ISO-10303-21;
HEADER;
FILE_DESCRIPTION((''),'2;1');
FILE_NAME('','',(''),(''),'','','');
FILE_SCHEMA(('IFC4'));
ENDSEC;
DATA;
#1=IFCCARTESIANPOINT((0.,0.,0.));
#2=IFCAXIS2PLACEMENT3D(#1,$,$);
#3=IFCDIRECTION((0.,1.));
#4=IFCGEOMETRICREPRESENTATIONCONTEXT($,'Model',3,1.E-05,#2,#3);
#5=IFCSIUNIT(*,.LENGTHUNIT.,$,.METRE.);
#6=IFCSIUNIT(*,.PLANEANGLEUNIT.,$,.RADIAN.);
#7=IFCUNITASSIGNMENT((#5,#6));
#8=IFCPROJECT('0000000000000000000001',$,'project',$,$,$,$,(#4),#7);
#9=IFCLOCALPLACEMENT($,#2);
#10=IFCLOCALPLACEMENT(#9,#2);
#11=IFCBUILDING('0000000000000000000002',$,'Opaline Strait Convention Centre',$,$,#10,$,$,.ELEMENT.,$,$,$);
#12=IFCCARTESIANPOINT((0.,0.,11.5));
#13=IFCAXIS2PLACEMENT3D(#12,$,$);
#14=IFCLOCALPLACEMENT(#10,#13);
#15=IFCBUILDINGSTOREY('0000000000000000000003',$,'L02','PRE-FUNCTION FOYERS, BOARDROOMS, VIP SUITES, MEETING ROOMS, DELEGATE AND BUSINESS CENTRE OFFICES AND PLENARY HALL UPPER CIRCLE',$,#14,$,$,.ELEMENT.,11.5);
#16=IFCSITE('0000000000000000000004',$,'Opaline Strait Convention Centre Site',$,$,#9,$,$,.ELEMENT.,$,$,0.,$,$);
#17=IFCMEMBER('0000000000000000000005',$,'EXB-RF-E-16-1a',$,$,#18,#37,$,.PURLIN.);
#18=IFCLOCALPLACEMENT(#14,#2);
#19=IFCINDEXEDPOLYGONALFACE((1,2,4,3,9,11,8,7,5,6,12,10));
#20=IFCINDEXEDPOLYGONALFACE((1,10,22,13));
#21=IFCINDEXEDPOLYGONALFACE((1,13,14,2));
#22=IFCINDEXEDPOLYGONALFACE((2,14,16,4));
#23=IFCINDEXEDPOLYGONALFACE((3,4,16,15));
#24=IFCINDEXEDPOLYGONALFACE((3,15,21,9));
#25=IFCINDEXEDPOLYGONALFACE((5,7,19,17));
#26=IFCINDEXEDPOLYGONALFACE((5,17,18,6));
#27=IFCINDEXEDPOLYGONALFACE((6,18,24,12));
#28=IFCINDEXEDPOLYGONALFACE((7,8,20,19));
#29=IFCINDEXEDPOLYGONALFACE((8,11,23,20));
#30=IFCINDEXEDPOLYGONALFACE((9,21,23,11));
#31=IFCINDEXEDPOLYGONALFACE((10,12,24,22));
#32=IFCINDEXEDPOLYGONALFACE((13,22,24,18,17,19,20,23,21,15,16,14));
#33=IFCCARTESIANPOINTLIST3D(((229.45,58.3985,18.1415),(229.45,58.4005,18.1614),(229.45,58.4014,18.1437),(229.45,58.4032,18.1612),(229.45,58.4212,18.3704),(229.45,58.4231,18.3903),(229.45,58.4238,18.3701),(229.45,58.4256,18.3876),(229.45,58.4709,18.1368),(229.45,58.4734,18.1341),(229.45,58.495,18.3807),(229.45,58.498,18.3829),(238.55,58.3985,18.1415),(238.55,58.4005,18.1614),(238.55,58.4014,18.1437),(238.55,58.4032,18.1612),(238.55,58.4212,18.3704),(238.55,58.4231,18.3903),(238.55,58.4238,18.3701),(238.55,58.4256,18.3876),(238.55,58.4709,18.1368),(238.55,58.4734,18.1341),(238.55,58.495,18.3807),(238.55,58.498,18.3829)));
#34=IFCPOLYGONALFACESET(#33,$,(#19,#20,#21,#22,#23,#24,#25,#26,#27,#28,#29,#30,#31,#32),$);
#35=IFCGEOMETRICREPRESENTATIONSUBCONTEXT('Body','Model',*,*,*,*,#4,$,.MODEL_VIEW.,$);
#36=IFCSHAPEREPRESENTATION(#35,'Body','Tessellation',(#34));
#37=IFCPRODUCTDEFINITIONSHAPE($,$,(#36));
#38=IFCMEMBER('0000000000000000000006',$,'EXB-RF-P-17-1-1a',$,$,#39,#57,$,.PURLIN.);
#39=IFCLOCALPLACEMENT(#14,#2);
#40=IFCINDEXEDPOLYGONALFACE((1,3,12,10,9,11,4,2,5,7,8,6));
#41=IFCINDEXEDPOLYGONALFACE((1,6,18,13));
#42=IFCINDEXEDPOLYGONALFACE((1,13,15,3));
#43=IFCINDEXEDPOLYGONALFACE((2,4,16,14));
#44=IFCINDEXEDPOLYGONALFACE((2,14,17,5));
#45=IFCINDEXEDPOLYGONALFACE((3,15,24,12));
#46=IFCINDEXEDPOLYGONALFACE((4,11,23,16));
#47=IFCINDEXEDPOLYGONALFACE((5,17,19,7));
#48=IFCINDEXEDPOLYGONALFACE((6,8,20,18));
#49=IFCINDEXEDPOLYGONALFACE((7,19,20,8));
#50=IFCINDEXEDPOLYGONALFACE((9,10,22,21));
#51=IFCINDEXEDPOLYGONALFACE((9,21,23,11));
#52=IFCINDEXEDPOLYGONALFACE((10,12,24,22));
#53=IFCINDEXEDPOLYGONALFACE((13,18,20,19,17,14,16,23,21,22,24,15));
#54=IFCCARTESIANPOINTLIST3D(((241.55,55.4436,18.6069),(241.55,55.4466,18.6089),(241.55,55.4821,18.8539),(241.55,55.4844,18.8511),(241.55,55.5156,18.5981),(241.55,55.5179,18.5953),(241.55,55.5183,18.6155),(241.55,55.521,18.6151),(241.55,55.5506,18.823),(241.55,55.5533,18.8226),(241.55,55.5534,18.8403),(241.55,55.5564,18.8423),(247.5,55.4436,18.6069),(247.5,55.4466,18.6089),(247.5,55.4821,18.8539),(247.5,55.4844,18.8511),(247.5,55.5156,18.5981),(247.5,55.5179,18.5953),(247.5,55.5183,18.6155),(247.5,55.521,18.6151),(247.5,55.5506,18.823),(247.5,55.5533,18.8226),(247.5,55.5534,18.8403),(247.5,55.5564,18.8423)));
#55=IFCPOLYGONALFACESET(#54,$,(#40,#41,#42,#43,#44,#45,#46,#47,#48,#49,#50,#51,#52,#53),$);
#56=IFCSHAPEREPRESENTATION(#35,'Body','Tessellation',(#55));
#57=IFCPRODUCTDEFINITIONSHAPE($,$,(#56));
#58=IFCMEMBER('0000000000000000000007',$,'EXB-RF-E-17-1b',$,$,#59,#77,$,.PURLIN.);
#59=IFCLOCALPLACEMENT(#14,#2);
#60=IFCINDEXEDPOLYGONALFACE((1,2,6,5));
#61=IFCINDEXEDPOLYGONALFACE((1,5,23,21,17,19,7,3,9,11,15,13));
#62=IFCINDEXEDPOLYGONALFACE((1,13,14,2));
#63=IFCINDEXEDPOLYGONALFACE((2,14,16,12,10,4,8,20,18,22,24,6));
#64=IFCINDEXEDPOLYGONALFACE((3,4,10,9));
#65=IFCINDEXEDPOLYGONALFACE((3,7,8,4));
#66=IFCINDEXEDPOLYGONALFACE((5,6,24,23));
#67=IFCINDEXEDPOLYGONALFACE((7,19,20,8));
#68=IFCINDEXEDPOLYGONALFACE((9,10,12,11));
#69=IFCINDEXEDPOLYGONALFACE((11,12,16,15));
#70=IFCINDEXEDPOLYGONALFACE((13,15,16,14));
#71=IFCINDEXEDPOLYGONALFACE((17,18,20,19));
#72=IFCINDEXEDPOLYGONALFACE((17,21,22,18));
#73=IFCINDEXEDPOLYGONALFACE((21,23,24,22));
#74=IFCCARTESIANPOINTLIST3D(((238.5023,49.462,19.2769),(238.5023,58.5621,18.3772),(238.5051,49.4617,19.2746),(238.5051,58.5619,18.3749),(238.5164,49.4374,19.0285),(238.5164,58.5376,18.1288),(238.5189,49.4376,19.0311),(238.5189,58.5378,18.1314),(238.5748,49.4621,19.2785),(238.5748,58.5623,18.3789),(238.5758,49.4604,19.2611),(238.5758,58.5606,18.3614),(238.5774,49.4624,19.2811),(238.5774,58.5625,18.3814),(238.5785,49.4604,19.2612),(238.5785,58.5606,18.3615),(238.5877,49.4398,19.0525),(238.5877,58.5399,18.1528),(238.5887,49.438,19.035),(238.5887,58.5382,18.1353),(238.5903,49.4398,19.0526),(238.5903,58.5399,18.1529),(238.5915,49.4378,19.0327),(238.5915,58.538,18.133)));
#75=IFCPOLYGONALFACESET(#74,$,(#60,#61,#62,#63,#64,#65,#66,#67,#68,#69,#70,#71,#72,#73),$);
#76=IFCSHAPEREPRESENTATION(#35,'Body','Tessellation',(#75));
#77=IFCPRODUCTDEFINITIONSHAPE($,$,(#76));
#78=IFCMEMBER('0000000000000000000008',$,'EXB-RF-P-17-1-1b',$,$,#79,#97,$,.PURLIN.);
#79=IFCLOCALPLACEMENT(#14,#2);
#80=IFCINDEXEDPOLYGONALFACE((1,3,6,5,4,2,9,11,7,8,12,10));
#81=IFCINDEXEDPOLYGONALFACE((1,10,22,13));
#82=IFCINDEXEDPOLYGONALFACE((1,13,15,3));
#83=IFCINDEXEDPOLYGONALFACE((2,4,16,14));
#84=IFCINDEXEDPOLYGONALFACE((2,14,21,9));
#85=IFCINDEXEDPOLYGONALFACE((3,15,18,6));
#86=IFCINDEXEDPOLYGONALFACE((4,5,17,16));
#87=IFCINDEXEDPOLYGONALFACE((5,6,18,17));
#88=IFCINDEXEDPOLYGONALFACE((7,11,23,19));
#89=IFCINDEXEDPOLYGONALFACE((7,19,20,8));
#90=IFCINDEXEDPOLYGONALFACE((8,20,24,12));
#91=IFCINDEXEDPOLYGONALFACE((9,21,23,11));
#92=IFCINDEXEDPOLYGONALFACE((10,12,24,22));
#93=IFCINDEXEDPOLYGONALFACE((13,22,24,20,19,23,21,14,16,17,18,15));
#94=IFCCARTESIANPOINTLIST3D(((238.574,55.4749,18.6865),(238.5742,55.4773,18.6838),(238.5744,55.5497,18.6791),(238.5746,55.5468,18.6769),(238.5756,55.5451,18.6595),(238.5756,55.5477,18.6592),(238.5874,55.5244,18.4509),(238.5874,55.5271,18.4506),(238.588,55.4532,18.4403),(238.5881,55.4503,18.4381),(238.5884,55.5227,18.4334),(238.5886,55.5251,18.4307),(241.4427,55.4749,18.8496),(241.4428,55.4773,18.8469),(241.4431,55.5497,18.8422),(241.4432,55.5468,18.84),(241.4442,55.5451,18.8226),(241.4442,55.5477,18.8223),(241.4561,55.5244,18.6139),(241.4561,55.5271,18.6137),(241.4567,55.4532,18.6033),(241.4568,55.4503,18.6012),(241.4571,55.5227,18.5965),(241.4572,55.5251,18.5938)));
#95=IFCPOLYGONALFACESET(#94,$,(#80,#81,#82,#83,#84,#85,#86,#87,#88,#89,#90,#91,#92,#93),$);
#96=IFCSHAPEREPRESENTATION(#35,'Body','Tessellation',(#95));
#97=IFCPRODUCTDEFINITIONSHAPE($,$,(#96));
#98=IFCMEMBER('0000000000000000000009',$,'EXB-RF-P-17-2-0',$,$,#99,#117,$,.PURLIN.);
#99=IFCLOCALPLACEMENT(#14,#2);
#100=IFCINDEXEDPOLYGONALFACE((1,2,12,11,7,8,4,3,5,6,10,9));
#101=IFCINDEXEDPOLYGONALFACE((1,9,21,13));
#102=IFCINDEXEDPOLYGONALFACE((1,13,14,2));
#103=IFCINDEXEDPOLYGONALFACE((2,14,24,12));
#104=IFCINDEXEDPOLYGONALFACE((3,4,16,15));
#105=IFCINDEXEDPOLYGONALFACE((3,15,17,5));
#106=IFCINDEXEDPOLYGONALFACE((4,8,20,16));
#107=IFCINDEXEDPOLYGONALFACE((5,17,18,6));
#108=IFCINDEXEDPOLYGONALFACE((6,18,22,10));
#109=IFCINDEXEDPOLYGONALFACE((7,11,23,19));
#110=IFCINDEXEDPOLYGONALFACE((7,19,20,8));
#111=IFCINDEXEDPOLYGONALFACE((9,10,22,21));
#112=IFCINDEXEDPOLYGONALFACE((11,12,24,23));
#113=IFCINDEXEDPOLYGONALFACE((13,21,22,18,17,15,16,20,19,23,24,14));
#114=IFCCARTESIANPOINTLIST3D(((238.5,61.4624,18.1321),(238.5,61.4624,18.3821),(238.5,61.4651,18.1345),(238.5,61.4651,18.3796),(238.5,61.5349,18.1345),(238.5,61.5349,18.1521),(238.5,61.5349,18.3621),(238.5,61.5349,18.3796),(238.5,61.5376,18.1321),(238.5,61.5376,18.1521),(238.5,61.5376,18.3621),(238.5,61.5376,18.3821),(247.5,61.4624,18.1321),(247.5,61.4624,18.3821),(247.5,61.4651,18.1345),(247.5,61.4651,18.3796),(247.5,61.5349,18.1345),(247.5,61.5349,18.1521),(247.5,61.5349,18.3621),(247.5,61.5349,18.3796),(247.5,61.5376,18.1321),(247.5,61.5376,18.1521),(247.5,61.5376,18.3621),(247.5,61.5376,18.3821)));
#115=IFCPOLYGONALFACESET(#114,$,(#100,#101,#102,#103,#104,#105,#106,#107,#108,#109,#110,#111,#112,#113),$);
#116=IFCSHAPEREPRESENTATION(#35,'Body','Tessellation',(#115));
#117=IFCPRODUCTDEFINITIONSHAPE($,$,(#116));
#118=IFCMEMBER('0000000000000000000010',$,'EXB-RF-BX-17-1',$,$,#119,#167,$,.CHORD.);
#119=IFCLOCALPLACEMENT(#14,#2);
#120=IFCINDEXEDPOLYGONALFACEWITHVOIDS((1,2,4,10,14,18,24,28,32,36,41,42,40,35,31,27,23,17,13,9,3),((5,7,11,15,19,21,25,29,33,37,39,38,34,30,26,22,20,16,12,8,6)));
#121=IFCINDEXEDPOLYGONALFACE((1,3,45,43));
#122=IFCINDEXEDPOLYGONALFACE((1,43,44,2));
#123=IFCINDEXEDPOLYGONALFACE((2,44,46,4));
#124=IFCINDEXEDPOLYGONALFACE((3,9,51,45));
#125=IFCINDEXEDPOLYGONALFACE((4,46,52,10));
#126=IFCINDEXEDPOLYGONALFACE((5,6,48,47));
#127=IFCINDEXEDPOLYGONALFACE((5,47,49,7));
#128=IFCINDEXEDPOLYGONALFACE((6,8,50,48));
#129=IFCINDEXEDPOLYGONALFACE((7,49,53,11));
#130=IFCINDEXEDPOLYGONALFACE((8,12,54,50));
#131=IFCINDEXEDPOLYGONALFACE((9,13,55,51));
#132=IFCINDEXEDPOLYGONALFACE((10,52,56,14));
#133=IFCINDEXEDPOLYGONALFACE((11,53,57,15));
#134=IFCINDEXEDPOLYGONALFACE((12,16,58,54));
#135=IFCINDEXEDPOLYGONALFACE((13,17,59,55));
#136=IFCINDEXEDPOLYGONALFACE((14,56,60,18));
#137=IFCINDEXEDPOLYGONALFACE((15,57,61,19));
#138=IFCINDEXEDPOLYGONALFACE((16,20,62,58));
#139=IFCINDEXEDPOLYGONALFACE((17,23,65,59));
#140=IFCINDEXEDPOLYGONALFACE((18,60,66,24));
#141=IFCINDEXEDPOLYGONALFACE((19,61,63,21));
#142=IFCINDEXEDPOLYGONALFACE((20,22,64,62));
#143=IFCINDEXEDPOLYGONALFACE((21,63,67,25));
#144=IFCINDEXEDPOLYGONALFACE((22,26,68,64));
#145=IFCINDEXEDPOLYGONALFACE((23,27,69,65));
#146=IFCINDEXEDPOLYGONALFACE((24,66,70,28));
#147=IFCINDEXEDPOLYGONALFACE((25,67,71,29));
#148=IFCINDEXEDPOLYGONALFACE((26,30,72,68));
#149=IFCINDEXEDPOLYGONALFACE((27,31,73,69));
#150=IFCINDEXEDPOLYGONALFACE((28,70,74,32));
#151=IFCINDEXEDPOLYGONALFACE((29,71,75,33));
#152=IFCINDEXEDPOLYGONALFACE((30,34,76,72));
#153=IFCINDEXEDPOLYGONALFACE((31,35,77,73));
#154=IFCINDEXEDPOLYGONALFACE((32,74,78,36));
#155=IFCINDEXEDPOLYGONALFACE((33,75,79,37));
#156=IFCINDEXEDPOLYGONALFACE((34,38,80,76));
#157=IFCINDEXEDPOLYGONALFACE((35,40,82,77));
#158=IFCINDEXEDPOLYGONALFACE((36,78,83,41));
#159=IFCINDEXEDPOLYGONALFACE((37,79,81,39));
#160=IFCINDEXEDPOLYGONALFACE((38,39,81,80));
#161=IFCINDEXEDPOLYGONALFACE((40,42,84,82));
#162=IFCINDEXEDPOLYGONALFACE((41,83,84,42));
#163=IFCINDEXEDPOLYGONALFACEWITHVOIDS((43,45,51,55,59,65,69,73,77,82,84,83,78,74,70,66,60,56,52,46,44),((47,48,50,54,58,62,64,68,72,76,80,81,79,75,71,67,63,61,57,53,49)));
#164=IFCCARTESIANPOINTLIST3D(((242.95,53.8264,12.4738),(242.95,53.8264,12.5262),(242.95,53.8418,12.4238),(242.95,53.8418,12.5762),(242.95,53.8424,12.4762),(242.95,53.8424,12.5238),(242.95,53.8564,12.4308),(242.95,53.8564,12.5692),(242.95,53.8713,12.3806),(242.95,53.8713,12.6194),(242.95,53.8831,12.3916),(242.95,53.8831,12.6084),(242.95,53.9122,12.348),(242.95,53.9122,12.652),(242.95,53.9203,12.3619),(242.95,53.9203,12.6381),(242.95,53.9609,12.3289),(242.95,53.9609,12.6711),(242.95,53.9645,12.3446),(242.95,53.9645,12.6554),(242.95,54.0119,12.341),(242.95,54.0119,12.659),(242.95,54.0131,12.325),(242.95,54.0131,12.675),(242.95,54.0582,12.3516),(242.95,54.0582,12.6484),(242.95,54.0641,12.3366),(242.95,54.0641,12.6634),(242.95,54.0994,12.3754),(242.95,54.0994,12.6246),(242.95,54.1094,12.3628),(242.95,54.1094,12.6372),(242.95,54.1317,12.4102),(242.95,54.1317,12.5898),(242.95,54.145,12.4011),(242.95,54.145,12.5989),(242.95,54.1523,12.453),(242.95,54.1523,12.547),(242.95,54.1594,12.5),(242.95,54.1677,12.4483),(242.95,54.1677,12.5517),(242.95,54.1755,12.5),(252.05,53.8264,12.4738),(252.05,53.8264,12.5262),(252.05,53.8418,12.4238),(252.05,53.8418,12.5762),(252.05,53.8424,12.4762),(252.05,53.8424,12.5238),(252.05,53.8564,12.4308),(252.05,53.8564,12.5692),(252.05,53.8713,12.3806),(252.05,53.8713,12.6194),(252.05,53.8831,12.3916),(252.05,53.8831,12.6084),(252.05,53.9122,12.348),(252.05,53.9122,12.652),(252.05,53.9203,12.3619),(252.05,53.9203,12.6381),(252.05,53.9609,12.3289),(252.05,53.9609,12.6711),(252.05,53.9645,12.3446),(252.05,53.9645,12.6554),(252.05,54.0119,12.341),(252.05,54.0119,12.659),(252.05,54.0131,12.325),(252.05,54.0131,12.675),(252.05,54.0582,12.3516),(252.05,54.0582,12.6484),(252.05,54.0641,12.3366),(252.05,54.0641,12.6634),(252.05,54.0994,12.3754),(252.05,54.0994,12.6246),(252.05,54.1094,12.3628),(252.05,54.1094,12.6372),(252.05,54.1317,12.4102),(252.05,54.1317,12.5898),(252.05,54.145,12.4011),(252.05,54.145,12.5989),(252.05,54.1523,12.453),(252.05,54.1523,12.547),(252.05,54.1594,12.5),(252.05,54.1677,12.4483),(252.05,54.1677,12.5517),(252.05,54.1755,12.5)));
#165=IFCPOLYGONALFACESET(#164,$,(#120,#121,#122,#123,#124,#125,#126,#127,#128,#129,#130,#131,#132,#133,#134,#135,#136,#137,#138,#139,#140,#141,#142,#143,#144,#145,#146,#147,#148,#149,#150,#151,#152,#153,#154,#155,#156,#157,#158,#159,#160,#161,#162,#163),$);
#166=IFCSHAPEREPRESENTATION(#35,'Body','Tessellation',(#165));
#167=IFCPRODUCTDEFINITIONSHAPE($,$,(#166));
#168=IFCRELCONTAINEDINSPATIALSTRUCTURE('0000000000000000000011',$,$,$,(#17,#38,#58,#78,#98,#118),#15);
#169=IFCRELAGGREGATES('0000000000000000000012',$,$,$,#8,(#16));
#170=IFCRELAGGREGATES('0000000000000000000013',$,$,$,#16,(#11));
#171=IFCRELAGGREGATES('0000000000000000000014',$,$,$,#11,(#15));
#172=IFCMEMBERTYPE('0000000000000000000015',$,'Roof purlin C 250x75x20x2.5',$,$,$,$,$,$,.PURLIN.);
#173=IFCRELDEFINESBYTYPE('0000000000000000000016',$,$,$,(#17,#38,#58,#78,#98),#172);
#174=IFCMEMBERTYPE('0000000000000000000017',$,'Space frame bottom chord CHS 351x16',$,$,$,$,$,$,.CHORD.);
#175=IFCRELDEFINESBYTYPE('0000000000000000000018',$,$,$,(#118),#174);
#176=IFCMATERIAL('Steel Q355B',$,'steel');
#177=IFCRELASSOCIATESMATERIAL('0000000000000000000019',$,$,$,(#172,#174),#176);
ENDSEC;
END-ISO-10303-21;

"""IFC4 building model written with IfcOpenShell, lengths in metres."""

from ifc_helpers import new_model, si_unit, direction, frame, origin, origin_2d, place, context, subcontext, project, spatial, polyline, hollow_circle, outline, extrude, material, material_profile, profile_set, type_object, element, save


model = new_model("IFC4")

# Units and contexts
model_context = context("Model", 3, precision=1e-05, world=origin(), true_north=direction((0.0, 1.0)))
body_context = subcontext(model_context, "Body", "Model", "MODEL_VIEW")
ifc_project = project(units=[si_unit("LENGTHUNIT", "METRE"), si_unit("PLANEANGLEUNIT", "RADIAN")], contexts=[model_context])

# Site, building, storey
site_placement = place(None, origin())
site = spatial("IfcSite", under=ifc_project, at=site_placement, Name="Opaline Strait Convention Centre Site", CompositionType="ELEMENT", RefElevation=0.0)
building_placement = place(site_placement, origin())
building = spatial("IfcBuilding", under=site, at=building_placement, Name="Opaline Strait Convention Centre", CompositionType="ELEMENT")
storey_placement = place(building_placement, frame((0.0, 0.0, 11.5)))
storey = spatial("IfcBuildingStorey", under=building, at=storey_placement, Name="L02", Description="PRE-FUNCTION FOYERS, BOARDROOMS, VIP SUITES, MEETING ROOMS, DELEGATE AND BUSINESS CENTRE OFFICES AND PLENARY HALL UPPER CIRCLE", CompositionType="ELEMENT", Elevation=11.5)

# Members
ifc_material_1 = material(Name="Steel Q355B", Category="steel")
ifc_material_profile_1 = material_profile(ifc_material_1, outline(polyline([(-0.0376, -0.125), (0.0376, -0.125), (0.0376, -0.105), (0.0349, -0.105), (0.0349, -0.1226), (-0.0349, -0.1226), (-0.0349, 0.1226), (0.0349, 0.1226), (0.0349, 0.105), (0.0376, 0.105), (0.0376, 0.125), (-0.0376, 0.125), (-0.0376, -0.125)])), Name="C 250x75x20x2.5")
ifc_profile_set_1 = profile_set([ifc_material_profile_1], Name="Steel Q355B")
member_type_1 = type_object("IfcMemberType", Name="Roof purlin C 250x75x20x2.5", PredefinedType="PURLIN", material=ifc_profile_set_1)
member_1_placement = place(storey_placement, frame((238.55, 58.4482, 18.2622), z_axis=(-1.0, 0.0, 0.0), x_axis=(0.0, -0.995149, 0.098378)))
element("IfcMember", 1, at=member_1_placement, inside=storey, type_object=member_type_1, Name="EXB-RF-E-16-1a", PredefinedType="PURLIN", context=body_context, shape_type="SweptSolid", body=[
    extrude(outline(polyline([(-0.0376, -0.125), (0.0376, -0.125), (0.0376, -0.105), (0.0349, -0.105), (0.0349, -0.1226), (-0.0349, -0.1226), (-0.0349, 0.1226), (0.0349, 0.1226), (0.0349, 0.105), (0.0376, 0.105), (0.0376, 0.125), (-0.0376, 0.125), (-0.0376, -0.125)])), origin(), (0.0, 0.0, 1.0), 9.1001),
])
member_2_placement = place(storey_placement, frame((241.55, 55.5, 18.7246), z_axis=(1.0, 0.0, 0.0), x_axis=(0.0, 0.988092, -0.153864)))
element("IfcMember", 2, at=member_2_placement, inside=storey, type_object=member_type_1, Name="EXB-RF-P-17-1-1a", PredefinedType="PURLIN", context=body_context, shape_type="SweptSolid", body=[
    extrude(outline(polyline([(-0.0376, -0.125), (0.0376, -0.125), (0.0376, -0.105), (0.0349, -0.105), (0.0349, -0.1226), (-0.0349, -0.1226), (-0.0349, 0.1226), (0.0349, 0.1226), (0.0349, 0.105), (0.0376, 0.105), (0.0376, 0.125), (-0.0376, 0.125), (-0.0376, -0.125)])), origin(), (0.0, 0.0, 1.0), 5.95),
])
member_3_placement = place(storey_placement, frame((238.5469, 58.55, 18.2551), z_axis=(0.0, -0.995149, 0.098383), x_axis=(0.998403, 0.005558, 0.05622)))
element("IfcMember", 3, at=member_3_placement, inside=storey, type_object=member_type_1, Name="EXB-RF-E-17-1b", PredefinedType="PURLIN", context=body_context, shape_type="SweptSolid", body=[
    extrude(outline(polyline([(-0.0376, -0.125), (0.0376, -0.125), (0.0376, -0.105), (0.0349, -0.105), (0.0349, -0.1226), (-0.0349, -0.1226), (-0.0349, 0.1226), (0.0349, 0.1226), (0.0349, 0.105), (0.0376, 0.105), (0.0376, 0.125), (-0.0376, 0.125), (-0.0376, -0.125)])), origin(), (0.0, 0.0, 1.0), 9.1445),
])
member_4_placement = place(storey_placement, frame((238.5813, 55.5, 18.5586), z_axis=(0.998388, 0.0, 0.056759), x_axis=(0.005584, 0.995149, -0.09822)))
element("IfcMember", 4, at=member_4_placement, inside=storey, type_object=member_type_1, Name="EXB-RF-P-17-1-1b", PredefinedType="PURLIN", context=body_context, shape_type="SweptSolid", body=[
    extrude(outline(polyline([(-0.0376, -0.125), (0.0376, -0.125), (0.0376, -0.105), (0.0349, -0.105), (0.0349, -0.1226), (-0.0349, -0.1226), (-0.0349, 0.1226), (0.0349, 0.1226), (0.0349, 0.105), (0.0376, 0.105), (0.0376, 0.125), (-0.0376, 0.125), (-0.0376, -0.125)])), origin(), (0.0, 0.0, 1.0), 2.8733),
])
member_5_placement = place(storey_placement, frame((238.5, 61.5, 18.2571), z_axis=(1.0, 0.0, 0.0), x_axis=(0.0, 1.0, 0.0)))
element("IfcMember", 5, at=member_5_placement, inside=storey, type_object=member_type_1, Name="EXB-RF-P-17-2-0", PredefinedType="PURLIN", context=body_context, shape_type="SweptSolid", body=[
    extrude(outline(polyline([(-0.0376, -0.125), (0.0376, -0.125), (0.0376, -0.105), (0.0349, -0.105), (0.0349, -0.1226), (-0.0349, -0.1226), (-0.0349, 0.1226), (0.0349, 0.1226), (0.0349, 0.105), (0.0376, 0.105), (0.0376, 0.125), (-0.0376, 0.125), (-0.0376, -0.125)])), origin(), (0.0, 0.0, 1.0), 9.0),
])
ifc_material_profile_2 = material_profile(ifc_material_1, hollow_circle(Radius=0.1755, WallThickness=0.0161, at=origin_2d()), Name="CHS 351x16")
ifc_profile_set_2 = profile_set([ifc_material_profile_2], Name="Steel Q355B")
member_type_2 = type_object("IfcMemberType", Name="Space frame bottom chord CHS 351x16", PredefinedType="CHORD", material=ifc_profile_set_2)
for number, where, z_axis, x_axis, name in (
    (6, (242.95, 54.0, 12.5), (1.0, 0.0, 0.0), (0.0, 1.0, 0.0), "EXB-RF-BX-17-1"),
):
    element("IfcMember", number, at=place(storey_placement, frame(where, z_axis=z_axis, x_axis=x_axis)), inside=storey, type_object=member_type_2, Name=name, PredefinedType="CHORD", context=body_context, shape_type="SweptSolid", body=[
        extrude(hollow_circle(Radius=0.1755, WallThickness=0.0161, at=origin_2d()), origin(), (0.0, 0.0, 1.0), 9.1001),
    ])

save(model, "model.ifc")
